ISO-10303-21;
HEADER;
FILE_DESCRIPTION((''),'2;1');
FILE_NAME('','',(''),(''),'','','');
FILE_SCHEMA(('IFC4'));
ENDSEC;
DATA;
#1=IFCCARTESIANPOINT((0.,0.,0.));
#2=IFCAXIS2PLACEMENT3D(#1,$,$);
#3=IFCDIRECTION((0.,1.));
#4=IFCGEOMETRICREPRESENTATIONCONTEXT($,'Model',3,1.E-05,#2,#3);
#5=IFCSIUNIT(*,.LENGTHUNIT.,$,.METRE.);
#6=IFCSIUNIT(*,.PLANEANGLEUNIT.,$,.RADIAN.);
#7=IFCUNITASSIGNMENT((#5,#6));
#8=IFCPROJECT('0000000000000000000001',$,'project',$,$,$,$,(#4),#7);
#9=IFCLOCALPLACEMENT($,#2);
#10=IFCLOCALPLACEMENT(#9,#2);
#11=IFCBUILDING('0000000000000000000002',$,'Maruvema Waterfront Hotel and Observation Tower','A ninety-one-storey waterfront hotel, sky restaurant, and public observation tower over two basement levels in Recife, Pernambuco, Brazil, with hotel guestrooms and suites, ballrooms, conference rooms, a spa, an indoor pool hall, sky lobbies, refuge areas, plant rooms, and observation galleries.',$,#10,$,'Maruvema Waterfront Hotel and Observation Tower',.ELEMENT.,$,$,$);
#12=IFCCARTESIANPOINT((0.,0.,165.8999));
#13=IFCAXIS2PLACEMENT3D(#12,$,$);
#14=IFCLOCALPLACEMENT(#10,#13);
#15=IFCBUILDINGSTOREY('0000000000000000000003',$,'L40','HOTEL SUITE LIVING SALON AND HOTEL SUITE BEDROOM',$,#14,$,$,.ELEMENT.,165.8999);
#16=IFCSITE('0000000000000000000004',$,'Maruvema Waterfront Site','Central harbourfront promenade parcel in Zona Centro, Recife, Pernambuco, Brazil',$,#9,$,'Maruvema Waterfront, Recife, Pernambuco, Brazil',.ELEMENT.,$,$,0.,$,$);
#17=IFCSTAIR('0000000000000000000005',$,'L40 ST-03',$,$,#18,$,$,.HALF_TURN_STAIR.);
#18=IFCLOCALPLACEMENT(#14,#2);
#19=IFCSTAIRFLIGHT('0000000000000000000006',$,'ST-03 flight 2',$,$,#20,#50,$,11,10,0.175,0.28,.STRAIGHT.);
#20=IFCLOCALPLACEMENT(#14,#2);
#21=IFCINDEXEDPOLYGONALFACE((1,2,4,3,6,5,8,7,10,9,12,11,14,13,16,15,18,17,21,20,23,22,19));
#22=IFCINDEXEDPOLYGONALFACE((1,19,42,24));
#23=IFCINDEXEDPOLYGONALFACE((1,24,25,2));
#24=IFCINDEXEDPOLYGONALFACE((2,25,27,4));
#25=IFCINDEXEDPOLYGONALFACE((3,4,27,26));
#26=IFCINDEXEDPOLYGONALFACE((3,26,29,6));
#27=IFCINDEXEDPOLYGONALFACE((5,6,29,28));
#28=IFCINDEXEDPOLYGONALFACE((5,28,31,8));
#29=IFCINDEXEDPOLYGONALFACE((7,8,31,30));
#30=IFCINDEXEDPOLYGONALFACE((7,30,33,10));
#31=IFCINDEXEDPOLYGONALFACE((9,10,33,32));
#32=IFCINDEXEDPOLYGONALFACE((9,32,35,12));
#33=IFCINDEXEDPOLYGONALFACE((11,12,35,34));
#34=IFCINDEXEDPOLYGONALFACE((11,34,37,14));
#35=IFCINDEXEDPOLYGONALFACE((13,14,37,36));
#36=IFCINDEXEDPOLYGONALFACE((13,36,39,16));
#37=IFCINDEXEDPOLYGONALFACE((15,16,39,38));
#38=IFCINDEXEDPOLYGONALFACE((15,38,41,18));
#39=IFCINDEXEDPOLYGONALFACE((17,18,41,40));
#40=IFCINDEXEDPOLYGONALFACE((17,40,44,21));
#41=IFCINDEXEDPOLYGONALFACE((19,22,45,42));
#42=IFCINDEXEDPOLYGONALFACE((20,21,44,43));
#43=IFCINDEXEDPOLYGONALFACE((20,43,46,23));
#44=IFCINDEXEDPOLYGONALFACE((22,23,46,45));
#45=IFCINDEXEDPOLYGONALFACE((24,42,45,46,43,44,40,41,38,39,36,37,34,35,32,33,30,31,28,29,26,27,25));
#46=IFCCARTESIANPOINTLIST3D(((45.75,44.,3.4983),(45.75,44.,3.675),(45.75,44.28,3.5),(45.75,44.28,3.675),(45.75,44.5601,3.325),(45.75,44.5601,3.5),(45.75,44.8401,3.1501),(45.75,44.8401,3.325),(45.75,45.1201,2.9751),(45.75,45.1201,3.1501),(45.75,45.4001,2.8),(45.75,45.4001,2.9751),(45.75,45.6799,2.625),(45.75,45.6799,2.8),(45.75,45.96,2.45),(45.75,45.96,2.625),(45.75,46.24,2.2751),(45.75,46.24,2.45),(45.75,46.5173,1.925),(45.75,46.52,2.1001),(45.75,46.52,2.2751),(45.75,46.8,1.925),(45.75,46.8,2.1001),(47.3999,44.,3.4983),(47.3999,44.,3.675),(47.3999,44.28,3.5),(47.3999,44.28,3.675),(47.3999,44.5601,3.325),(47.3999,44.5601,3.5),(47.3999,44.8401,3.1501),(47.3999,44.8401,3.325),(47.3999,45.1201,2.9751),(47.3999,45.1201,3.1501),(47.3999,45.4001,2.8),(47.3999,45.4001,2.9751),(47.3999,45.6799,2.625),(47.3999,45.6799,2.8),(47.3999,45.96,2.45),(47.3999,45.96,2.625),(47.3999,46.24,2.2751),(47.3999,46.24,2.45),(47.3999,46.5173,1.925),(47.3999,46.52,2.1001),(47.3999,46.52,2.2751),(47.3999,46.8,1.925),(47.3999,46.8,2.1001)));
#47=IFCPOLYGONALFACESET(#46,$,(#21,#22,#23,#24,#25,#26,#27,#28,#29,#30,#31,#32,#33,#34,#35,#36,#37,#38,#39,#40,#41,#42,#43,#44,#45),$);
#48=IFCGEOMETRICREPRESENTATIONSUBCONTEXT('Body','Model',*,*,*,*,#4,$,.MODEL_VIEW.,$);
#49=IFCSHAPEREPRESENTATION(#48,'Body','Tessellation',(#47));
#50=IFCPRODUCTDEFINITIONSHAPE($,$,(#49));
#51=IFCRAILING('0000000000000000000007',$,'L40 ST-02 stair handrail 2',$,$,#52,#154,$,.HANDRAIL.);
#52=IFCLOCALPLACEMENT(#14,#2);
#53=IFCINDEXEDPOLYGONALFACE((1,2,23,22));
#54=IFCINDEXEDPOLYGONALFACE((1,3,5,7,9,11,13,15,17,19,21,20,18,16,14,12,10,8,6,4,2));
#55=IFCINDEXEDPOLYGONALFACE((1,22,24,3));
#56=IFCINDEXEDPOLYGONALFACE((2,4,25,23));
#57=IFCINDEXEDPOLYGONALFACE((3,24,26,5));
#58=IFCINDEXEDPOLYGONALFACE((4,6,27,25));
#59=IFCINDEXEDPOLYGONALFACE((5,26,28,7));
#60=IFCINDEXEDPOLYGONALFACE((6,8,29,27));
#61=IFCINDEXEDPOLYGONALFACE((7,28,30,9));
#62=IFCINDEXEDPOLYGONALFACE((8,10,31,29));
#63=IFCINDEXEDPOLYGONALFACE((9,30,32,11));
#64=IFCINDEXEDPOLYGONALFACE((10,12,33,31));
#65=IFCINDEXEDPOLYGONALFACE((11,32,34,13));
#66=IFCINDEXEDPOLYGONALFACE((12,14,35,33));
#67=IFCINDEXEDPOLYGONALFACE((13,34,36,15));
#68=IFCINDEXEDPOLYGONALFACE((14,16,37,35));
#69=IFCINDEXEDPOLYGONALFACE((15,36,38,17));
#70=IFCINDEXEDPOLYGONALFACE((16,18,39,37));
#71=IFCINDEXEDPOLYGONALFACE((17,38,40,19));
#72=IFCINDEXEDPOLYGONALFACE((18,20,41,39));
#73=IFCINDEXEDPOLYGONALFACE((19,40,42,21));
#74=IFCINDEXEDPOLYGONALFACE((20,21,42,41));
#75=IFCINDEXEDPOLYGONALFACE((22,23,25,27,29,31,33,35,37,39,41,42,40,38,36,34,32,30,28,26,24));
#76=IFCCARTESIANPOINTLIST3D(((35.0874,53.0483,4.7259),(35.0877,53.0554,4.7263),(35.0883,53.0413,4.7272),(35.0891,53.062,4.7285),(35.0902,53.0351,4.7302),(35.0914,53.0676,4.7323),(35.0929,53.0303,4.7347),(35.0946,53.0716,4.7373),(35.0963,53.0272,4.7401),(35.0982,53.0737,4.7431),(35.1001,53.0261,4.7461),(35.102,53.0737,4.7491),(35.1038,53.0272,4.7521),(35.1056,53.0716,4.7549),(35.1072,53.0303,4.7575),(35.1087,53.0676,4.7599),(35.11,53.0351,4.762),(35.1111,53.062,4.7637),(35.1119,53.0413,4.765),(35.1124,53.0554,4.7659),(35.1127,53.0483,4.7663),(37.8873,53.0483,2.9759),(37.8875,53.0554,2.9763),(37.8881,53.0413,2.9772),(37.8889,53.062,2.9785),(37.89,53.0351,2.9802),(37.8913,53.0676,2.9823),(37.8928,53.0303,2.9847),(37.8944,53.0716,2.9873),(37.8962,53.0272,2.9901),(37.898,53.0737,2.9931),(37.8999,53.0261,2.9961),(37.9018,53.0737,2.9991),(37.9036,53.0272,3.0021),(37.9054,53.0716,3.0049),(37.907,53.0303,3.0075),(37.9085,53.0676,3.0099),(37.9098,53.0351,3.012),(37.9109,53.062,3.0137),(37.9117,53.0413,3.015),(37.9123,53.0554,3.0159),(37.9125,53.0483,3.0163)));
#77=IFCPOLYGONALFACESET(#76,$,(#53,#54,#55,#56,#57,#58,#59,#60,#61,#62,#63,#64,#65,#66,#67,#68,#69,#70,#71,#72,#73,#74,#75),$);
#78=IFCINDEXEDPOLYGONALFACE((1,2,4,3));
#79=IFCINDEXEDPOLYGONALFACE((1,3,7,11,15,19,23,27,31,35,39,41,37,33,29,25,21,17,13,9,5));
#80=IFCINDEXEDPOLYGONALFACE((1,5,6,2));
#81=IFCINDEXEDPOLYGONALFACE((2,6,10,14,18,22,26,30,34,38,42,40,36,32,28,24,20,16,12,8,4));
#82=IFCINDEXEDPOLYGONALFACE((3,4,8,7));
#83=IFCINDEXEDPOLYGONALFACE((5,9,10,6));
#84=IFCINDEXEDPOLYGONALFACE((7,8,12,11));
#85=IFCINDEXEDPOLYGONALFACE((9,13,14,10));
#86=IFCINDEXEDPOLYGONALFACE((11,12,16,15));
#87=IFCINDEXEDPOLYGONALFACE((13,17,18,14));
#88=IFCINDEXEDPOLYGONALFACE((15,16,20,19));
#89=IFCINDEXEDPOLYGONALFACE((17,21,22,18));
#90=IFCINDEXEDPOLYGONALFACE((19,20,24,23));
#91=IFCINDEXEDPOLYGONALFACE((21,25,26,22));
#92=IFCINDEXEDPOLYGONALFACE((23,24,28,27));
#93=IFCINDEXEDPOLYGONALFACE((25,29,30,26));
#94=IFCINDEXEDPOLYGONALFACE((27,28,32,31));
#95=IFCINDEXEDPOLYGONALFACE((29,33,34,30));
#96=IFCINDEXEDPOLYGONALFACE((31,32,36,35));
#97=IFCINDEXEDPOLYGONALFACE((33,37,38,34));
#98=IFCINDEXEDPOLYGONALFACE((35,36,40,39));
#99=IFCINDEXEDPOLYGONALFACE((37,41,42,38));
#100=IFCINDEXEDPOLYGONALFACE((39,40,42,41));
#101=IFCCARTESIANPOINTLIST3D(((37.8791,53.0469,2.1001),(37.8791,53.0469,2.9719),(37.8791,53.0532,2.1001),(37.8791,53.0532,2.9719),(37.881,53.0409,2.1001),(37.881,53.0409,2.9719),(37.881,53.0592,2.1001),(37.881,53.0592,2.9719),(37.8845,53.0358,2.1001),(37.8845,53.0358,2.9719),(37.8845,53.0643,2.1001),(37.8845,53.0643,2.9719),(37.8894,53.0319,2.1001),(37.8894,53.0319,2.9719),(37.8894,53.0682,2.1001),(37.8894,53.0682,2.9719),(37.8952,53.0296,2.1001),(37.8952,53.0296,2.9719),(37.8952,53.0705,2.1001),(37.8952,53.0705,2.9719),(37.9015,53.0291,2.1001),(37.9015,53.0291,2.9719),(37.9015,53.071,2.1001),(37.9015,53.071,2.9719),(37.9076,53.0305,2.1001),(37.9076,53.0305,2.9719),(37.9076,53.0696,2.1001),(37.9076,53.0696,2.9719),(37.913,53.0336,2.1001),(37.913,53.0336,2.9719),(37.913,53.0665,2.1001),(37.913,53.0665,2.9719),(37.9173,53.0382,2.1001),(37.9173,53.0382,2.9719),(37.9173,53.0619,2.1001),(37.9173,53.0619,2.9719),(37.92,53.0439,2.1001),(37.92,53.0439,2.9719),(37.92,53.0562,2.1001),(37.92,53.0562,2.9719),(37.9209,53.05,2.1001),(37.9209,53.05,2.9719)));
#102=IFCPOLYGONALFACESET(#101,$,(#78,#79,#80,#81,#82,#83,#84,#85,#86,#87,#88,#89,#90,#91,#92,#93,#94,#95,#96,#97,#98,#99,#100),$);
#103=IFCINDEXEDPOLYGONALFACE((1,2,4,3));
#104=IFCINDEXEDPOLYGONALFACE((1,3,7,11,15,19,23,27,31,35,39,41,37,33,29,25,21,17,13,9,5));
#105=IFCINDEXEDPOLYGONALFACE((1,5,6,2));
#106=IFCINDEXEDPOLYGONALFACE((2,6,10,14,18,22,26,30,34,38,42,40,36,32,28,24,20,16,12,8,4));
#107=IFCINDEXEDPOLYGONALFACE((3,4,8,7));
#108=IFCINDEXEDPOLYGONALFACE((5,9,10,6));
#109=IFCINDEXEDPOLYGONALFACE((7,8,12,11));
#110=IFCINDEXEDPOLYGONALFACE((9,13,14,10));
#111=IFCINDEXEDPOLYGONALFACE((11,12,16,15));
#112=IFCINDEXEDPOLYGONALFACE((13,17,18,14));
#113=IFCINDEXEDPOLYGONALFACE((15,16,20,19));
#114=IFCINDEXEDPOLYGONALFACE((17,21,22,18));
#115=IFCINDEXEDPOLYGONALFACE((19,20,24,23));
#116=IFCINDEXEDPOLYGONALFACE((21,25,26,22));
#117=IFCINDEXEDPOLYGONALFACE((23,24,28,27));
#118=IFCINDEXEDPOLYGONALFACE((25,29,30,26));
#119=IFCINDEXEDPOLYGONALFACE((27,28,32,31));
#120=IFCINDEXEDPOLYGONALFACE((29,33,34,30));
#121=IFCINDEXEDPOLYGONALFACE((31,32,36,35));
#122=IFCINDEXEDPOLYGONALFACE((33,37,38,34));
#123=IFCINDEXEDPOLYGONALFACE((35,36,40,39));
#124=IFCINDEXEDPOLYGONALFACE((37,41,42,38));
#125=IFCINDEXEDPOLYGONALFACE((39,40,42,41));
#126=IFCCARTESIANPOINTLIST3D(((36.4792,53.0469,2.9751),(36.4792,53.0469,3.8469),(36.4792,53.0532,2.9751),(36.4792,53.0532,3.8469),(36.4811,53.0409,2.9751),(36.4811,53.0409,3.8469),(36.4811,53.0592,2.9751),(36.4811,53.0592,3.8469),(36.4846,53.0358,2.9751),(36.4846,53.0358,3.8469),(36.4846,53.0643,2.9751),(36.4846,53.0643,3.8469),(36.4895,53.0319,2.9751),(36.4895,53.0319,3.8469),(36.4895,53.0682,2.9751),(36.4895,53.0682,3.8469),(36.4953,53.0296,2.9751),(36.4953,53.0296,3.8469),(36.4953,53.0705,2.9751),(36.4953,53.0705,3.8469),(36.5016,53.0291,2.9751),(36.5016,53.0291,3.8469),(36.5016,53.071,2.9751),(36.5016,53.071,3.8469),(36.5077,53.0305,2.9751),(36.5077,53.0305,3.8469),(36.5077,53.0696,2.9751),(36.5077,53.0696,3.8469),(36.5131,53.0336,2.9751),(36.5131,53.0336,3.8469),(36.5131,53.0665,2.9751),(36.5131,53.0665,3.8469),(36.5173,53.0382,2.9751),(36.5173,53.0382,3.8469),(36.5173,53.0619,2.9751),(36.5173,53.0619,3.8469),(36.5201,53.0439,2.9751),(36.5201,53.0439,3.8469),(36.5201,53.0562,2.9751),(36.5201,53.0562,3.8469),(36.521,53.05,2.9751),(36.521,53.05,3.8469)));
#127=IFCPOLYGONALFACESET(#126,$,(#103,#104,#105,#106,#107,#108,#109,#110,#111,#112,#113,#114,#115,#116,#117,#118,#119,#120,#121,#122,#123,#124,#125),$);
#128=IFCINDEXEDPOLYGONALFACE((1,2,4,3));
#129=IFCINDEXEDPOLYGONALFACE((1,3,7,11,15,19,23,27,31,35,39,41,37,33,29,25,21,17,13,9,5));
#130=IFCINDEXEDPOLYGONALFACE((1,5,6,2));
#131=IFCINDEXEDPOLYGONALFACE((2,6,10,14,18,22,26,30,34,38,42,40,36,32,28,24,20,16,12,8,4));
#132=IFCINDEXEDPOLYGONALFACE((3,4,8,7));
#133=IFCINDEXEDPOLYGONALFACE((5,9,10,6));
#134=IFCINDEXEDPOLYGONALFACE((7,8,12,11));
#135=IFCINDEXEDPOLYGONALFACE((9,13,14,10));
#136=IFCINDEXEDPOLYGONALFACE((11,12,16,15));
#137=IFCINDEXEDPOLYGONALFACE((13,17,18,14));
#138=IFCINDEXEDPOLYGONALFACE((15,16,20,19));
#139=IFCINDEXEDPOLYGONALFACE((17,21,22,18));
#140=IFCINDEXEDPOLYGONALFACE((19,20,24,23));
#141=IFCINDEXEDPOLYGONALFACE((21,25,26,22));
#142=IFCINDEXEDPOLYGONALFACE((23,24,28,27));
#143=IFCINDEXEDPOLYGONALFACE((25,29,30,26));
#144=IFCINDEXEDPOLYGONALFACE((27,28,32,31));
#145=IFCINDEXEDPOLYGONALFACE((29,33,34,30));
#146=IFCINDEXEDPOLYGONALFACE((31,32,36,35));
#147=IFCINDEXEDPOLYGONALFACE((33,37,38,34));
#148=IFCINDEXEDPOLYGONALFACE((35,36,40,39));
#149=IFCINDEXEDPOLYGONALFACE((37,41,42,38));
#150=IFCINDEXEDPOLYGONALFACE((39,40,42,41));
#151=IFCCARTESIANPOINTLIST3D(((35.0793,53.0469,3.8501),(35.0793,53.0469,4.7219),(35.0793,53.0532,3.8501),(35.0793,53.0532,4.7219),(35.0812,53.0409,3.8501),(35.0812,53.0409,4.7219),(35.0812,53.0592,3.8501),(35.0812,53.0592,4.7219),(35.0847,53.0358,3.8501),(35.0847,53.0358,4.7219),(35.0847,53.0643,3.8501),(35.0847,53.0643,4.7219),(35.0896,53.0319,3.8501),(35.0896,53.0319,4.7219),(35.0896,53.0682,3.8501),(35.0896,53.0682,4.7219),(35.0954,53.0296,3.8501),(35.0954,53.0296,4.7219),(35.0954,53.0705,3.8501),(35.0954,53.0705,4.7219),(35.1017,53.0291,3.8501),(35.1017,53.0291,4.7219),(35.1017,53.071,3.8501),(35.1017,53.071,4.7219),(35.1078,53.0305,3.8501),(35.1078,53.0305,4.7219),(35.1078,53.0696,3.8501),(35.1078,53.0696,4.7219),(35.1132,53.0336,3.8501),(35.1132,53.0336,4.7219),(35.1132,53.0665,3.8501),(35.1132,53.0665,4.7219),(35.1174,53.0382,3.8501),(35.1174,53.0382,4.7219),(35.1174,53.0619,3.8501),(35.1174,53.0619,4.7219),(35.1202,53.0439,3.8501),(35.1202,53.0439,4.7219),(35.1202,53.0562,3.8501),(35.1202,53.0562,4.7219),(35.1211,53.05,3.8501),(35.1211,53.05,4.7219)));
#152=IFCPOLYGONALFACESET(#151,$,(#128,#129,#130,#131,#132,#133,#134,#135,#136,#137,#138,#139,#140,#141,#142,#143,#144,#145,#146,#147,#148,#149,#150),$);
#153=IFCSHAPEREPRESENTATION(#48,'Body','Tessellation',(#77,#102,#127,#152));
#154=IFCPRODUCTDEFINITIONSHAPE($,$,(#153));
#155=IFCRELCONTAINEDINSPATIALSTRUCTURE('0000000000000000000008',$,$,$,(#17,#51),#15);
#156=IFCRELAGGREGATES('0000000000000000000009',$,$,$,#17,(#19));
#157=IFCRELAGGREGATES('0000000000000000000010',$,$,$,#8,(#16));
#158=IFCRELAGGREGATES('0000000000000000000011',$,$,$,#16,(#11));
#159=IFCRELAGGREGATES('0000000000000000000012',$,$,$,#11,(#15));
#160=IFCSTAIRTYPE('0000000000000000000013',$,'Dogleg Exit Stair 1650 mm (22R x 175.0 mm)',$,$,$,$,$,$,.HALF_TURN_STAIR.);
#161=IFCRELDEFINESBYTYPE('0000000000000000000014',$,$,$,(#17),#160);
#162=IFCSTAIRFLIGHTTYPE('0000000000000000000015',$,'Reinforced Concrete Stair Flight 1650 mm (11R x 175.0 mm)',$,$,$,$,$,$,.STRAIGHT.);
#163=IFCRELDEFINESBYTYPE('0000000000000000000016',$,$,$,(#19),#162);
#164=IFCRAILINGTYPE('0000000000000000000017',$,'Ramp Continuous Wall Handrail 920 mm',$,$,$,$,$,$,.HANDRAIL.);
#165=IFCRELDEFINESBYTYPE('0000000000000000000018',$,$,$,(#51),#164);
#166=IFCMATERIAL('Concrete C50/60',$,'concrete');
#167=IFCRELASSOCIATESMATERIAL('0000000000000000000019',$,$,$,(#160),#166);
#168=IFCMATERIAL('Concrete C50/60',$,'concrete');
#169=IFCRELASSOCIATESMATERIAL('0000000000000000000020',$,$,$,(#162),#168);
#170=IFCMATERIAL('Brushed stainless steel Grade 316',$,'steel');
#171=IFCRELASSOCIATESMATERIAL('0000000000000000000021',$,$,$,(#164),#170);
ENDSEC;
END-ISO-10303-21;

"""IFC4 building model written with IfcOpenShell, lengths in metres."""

from ifc_helpers import new_model, si_unit, direction, frame, origin, origin_2d, place, context, subcontext, project, spatial, polyline, circle, outline, extrude, material, type_object, element, aggregate, save


model = new_model("IFC4")

# Units and contexts
model_context = context("Model", 3, precision=1e-05, world=origin(), true_north=direction((0.0, 1.0)))
body_context = subcontext(model_context, "Body", "Model", "MODEL_VIEW")
ifc_project = project(units=[si_unit("LENGTHUNIT", "METRE"), si_unit("PLANEANGLEUNIT", "RADIAN")], contexts=[model_context])

# Site, building, storey
site_placement = place(None, origin())
site = spatial("IfcSite", under=ifc_project, at=site_placement, Name="Maruvema Waterfront Site", Description="Central harbourfront promenade parcel in Zona Centro, Recife, Pernambuco, Brazil", LongName="Maruvema Waterfront, Recife, Pernambuco, Brazil", CompositionType="ELEMENT", RefElevation=0.0)
building_placement = place(site_placement, origin())
building = spatial("IfcBuilding", under=site, at=building_placement, Name="Maruvema Waterfront Hotel and Observation Tower", Description="A ninety-one-storey waterfront hotel, sky restaurant, and public observation tower over two basement levels in Recife, Pernambuco, Brazil, with hotel guestrooms and suites, ballrooms, conference rooms, a spa, an indoor pool hall, sky lobbies, refuge areas, plant rooms, and observation galleries.", LongName="Maruvema Waterfront Hotel and Observation Tower", CompositionType="ELEMENT")
storey_placement = place(building_placement, frame((0.0, 0.0, 165.8999)))
storey = spatial("IfcBuildingStorey", under=building, at=storey_placement, Name="L40", Description="HOTEL SUITE LIVING SALON AND HOTEL SUITE BEDROOM", CompositionType="ELEMENT", Elevation=165.8999)

# Stair, stair flight
ifc_material_1 = material(Name="Concrete C50/60", Category="concrete")
stair_type = type_object("IfcStairType", Name="Dogleg Exit Stair 1650 mm (22R x 175.0 mm)", PredefinedType="HALF_TURN_STAIR", material=ifc_material_1)
ifc_material_2 = material(Name="Concrete C50/60", Category="concrete")
stair_flight_type = type_object("IfcStairFlightType", Name="Reinforced Concrete Stair Flight 1650 mm (11R x 175.0 mm)", PredefinedType="STRAIGHT", material=ifc_material_2)
stair_1_placement = place(storey_placement, origin())
stair_1 = element("IfcStair", 1, at=stair_1_placement, inside=storey, type_object=stair_type, Name="L40 ST-03", PredefinedType="HALF_TURN_STAIR")
stair_flight_1_placement = place(storey_placement, frame((46.575, 46.8, 1.925), z_axis=(0.0, 0.0, 1.0), x_axis=(0.0, -1.0, 0.0)))
stair_flight_1 = element("IfcStairFlight", 2, at=stair_flight_1_placement, type_object=stair_flight_type, Name="ST-03 flight 2", NumberOfRisers=11, NumberOfTreads=10, PredefinedType="STRAIGHT", RiserHeight=0.175, TreadLength=0.28, context=body_context, shape_type="SweptSolid", body=[
    extrude(outline(polyline([(0.0, 0.0), (0.0, 0.175), (0.28, 0.175), (0.28, 0.3501), (0.5601, 0.3501), (0.5601, 0.5249), (0.8401, 0.5249), (0.8401, 0.7), (1.1201, 0.7), (1.1201, 0.875), (1.3999, 0.875), (1.3999, 1.05), (1.6799, 1.05), (1.6799, 1.2251), (1.96, 1.2251), (1.96, 1.3999), (2.24, 1.3999), (2.24, 1.575), (2.52, 1.575), (2.52, 1.75), (2.8, 1.75), (2.8, 1.925), (2.8, 1.5732), (0.2827, 0.0), (0.0, 0.0)])), frame((0.0, 0.825, 0.0), z_axis=(0.0, -1.0, 0.0), x_axis=(1.0, 0.0, 0.0)), (0.0, 0.0, 1.0), 1.6499),
])
aggregate(stair_1, [stair_flight_1])

# Railing
ifc_material_3 = material(Name="Brushed stainless steel Grade 316", Category="steel")
railing_type_1 = type_object("IfcRailingType", Name="Ramp Continuous Wall Handrail 920 mm", PredefinedType="HANDRAIL", material=ifc_material_3)
railing_1_placement = place(storey_placement, frame((37.8999, 53.05, 2.1001)))
element("IfcRailing", 3, at=railing_1_placement, inside=storey, type_object=railing_type_1, Name="L40 ST-02 stair handrail 2", PredefinedType="HANDRAIL", context=body_context, shape_type="SweptSolid", body=[
    extrude(circle(Radius=0.0239, at=origin_2d()), frame((0.0, 0.0, 0.896), z_axis=(-0.847982, 0.0, 0.530026), x_axis=(0.0, -1.0, 0.0)), (0.0, 0.0, 1.0), 3.3018),
    extrude(circle(Radius=0.021, at=origin_2d()), origin(), (0.0, 0.0, 1.0), 0.8718),
    extrude(circle(Radius=0.021, at=origin_2d()), frame((-1.3999, 0.0, 0.875)), (0.0, 0.0, 1.0), 0.8718),
    extrude(circle(Radius=0.021, at=origin_2d()), frame((-2.7998, 0.0, 1.75)), (0.0, 0.0, 1.0), 0.8718),
])

save(model, "model.ifc")
